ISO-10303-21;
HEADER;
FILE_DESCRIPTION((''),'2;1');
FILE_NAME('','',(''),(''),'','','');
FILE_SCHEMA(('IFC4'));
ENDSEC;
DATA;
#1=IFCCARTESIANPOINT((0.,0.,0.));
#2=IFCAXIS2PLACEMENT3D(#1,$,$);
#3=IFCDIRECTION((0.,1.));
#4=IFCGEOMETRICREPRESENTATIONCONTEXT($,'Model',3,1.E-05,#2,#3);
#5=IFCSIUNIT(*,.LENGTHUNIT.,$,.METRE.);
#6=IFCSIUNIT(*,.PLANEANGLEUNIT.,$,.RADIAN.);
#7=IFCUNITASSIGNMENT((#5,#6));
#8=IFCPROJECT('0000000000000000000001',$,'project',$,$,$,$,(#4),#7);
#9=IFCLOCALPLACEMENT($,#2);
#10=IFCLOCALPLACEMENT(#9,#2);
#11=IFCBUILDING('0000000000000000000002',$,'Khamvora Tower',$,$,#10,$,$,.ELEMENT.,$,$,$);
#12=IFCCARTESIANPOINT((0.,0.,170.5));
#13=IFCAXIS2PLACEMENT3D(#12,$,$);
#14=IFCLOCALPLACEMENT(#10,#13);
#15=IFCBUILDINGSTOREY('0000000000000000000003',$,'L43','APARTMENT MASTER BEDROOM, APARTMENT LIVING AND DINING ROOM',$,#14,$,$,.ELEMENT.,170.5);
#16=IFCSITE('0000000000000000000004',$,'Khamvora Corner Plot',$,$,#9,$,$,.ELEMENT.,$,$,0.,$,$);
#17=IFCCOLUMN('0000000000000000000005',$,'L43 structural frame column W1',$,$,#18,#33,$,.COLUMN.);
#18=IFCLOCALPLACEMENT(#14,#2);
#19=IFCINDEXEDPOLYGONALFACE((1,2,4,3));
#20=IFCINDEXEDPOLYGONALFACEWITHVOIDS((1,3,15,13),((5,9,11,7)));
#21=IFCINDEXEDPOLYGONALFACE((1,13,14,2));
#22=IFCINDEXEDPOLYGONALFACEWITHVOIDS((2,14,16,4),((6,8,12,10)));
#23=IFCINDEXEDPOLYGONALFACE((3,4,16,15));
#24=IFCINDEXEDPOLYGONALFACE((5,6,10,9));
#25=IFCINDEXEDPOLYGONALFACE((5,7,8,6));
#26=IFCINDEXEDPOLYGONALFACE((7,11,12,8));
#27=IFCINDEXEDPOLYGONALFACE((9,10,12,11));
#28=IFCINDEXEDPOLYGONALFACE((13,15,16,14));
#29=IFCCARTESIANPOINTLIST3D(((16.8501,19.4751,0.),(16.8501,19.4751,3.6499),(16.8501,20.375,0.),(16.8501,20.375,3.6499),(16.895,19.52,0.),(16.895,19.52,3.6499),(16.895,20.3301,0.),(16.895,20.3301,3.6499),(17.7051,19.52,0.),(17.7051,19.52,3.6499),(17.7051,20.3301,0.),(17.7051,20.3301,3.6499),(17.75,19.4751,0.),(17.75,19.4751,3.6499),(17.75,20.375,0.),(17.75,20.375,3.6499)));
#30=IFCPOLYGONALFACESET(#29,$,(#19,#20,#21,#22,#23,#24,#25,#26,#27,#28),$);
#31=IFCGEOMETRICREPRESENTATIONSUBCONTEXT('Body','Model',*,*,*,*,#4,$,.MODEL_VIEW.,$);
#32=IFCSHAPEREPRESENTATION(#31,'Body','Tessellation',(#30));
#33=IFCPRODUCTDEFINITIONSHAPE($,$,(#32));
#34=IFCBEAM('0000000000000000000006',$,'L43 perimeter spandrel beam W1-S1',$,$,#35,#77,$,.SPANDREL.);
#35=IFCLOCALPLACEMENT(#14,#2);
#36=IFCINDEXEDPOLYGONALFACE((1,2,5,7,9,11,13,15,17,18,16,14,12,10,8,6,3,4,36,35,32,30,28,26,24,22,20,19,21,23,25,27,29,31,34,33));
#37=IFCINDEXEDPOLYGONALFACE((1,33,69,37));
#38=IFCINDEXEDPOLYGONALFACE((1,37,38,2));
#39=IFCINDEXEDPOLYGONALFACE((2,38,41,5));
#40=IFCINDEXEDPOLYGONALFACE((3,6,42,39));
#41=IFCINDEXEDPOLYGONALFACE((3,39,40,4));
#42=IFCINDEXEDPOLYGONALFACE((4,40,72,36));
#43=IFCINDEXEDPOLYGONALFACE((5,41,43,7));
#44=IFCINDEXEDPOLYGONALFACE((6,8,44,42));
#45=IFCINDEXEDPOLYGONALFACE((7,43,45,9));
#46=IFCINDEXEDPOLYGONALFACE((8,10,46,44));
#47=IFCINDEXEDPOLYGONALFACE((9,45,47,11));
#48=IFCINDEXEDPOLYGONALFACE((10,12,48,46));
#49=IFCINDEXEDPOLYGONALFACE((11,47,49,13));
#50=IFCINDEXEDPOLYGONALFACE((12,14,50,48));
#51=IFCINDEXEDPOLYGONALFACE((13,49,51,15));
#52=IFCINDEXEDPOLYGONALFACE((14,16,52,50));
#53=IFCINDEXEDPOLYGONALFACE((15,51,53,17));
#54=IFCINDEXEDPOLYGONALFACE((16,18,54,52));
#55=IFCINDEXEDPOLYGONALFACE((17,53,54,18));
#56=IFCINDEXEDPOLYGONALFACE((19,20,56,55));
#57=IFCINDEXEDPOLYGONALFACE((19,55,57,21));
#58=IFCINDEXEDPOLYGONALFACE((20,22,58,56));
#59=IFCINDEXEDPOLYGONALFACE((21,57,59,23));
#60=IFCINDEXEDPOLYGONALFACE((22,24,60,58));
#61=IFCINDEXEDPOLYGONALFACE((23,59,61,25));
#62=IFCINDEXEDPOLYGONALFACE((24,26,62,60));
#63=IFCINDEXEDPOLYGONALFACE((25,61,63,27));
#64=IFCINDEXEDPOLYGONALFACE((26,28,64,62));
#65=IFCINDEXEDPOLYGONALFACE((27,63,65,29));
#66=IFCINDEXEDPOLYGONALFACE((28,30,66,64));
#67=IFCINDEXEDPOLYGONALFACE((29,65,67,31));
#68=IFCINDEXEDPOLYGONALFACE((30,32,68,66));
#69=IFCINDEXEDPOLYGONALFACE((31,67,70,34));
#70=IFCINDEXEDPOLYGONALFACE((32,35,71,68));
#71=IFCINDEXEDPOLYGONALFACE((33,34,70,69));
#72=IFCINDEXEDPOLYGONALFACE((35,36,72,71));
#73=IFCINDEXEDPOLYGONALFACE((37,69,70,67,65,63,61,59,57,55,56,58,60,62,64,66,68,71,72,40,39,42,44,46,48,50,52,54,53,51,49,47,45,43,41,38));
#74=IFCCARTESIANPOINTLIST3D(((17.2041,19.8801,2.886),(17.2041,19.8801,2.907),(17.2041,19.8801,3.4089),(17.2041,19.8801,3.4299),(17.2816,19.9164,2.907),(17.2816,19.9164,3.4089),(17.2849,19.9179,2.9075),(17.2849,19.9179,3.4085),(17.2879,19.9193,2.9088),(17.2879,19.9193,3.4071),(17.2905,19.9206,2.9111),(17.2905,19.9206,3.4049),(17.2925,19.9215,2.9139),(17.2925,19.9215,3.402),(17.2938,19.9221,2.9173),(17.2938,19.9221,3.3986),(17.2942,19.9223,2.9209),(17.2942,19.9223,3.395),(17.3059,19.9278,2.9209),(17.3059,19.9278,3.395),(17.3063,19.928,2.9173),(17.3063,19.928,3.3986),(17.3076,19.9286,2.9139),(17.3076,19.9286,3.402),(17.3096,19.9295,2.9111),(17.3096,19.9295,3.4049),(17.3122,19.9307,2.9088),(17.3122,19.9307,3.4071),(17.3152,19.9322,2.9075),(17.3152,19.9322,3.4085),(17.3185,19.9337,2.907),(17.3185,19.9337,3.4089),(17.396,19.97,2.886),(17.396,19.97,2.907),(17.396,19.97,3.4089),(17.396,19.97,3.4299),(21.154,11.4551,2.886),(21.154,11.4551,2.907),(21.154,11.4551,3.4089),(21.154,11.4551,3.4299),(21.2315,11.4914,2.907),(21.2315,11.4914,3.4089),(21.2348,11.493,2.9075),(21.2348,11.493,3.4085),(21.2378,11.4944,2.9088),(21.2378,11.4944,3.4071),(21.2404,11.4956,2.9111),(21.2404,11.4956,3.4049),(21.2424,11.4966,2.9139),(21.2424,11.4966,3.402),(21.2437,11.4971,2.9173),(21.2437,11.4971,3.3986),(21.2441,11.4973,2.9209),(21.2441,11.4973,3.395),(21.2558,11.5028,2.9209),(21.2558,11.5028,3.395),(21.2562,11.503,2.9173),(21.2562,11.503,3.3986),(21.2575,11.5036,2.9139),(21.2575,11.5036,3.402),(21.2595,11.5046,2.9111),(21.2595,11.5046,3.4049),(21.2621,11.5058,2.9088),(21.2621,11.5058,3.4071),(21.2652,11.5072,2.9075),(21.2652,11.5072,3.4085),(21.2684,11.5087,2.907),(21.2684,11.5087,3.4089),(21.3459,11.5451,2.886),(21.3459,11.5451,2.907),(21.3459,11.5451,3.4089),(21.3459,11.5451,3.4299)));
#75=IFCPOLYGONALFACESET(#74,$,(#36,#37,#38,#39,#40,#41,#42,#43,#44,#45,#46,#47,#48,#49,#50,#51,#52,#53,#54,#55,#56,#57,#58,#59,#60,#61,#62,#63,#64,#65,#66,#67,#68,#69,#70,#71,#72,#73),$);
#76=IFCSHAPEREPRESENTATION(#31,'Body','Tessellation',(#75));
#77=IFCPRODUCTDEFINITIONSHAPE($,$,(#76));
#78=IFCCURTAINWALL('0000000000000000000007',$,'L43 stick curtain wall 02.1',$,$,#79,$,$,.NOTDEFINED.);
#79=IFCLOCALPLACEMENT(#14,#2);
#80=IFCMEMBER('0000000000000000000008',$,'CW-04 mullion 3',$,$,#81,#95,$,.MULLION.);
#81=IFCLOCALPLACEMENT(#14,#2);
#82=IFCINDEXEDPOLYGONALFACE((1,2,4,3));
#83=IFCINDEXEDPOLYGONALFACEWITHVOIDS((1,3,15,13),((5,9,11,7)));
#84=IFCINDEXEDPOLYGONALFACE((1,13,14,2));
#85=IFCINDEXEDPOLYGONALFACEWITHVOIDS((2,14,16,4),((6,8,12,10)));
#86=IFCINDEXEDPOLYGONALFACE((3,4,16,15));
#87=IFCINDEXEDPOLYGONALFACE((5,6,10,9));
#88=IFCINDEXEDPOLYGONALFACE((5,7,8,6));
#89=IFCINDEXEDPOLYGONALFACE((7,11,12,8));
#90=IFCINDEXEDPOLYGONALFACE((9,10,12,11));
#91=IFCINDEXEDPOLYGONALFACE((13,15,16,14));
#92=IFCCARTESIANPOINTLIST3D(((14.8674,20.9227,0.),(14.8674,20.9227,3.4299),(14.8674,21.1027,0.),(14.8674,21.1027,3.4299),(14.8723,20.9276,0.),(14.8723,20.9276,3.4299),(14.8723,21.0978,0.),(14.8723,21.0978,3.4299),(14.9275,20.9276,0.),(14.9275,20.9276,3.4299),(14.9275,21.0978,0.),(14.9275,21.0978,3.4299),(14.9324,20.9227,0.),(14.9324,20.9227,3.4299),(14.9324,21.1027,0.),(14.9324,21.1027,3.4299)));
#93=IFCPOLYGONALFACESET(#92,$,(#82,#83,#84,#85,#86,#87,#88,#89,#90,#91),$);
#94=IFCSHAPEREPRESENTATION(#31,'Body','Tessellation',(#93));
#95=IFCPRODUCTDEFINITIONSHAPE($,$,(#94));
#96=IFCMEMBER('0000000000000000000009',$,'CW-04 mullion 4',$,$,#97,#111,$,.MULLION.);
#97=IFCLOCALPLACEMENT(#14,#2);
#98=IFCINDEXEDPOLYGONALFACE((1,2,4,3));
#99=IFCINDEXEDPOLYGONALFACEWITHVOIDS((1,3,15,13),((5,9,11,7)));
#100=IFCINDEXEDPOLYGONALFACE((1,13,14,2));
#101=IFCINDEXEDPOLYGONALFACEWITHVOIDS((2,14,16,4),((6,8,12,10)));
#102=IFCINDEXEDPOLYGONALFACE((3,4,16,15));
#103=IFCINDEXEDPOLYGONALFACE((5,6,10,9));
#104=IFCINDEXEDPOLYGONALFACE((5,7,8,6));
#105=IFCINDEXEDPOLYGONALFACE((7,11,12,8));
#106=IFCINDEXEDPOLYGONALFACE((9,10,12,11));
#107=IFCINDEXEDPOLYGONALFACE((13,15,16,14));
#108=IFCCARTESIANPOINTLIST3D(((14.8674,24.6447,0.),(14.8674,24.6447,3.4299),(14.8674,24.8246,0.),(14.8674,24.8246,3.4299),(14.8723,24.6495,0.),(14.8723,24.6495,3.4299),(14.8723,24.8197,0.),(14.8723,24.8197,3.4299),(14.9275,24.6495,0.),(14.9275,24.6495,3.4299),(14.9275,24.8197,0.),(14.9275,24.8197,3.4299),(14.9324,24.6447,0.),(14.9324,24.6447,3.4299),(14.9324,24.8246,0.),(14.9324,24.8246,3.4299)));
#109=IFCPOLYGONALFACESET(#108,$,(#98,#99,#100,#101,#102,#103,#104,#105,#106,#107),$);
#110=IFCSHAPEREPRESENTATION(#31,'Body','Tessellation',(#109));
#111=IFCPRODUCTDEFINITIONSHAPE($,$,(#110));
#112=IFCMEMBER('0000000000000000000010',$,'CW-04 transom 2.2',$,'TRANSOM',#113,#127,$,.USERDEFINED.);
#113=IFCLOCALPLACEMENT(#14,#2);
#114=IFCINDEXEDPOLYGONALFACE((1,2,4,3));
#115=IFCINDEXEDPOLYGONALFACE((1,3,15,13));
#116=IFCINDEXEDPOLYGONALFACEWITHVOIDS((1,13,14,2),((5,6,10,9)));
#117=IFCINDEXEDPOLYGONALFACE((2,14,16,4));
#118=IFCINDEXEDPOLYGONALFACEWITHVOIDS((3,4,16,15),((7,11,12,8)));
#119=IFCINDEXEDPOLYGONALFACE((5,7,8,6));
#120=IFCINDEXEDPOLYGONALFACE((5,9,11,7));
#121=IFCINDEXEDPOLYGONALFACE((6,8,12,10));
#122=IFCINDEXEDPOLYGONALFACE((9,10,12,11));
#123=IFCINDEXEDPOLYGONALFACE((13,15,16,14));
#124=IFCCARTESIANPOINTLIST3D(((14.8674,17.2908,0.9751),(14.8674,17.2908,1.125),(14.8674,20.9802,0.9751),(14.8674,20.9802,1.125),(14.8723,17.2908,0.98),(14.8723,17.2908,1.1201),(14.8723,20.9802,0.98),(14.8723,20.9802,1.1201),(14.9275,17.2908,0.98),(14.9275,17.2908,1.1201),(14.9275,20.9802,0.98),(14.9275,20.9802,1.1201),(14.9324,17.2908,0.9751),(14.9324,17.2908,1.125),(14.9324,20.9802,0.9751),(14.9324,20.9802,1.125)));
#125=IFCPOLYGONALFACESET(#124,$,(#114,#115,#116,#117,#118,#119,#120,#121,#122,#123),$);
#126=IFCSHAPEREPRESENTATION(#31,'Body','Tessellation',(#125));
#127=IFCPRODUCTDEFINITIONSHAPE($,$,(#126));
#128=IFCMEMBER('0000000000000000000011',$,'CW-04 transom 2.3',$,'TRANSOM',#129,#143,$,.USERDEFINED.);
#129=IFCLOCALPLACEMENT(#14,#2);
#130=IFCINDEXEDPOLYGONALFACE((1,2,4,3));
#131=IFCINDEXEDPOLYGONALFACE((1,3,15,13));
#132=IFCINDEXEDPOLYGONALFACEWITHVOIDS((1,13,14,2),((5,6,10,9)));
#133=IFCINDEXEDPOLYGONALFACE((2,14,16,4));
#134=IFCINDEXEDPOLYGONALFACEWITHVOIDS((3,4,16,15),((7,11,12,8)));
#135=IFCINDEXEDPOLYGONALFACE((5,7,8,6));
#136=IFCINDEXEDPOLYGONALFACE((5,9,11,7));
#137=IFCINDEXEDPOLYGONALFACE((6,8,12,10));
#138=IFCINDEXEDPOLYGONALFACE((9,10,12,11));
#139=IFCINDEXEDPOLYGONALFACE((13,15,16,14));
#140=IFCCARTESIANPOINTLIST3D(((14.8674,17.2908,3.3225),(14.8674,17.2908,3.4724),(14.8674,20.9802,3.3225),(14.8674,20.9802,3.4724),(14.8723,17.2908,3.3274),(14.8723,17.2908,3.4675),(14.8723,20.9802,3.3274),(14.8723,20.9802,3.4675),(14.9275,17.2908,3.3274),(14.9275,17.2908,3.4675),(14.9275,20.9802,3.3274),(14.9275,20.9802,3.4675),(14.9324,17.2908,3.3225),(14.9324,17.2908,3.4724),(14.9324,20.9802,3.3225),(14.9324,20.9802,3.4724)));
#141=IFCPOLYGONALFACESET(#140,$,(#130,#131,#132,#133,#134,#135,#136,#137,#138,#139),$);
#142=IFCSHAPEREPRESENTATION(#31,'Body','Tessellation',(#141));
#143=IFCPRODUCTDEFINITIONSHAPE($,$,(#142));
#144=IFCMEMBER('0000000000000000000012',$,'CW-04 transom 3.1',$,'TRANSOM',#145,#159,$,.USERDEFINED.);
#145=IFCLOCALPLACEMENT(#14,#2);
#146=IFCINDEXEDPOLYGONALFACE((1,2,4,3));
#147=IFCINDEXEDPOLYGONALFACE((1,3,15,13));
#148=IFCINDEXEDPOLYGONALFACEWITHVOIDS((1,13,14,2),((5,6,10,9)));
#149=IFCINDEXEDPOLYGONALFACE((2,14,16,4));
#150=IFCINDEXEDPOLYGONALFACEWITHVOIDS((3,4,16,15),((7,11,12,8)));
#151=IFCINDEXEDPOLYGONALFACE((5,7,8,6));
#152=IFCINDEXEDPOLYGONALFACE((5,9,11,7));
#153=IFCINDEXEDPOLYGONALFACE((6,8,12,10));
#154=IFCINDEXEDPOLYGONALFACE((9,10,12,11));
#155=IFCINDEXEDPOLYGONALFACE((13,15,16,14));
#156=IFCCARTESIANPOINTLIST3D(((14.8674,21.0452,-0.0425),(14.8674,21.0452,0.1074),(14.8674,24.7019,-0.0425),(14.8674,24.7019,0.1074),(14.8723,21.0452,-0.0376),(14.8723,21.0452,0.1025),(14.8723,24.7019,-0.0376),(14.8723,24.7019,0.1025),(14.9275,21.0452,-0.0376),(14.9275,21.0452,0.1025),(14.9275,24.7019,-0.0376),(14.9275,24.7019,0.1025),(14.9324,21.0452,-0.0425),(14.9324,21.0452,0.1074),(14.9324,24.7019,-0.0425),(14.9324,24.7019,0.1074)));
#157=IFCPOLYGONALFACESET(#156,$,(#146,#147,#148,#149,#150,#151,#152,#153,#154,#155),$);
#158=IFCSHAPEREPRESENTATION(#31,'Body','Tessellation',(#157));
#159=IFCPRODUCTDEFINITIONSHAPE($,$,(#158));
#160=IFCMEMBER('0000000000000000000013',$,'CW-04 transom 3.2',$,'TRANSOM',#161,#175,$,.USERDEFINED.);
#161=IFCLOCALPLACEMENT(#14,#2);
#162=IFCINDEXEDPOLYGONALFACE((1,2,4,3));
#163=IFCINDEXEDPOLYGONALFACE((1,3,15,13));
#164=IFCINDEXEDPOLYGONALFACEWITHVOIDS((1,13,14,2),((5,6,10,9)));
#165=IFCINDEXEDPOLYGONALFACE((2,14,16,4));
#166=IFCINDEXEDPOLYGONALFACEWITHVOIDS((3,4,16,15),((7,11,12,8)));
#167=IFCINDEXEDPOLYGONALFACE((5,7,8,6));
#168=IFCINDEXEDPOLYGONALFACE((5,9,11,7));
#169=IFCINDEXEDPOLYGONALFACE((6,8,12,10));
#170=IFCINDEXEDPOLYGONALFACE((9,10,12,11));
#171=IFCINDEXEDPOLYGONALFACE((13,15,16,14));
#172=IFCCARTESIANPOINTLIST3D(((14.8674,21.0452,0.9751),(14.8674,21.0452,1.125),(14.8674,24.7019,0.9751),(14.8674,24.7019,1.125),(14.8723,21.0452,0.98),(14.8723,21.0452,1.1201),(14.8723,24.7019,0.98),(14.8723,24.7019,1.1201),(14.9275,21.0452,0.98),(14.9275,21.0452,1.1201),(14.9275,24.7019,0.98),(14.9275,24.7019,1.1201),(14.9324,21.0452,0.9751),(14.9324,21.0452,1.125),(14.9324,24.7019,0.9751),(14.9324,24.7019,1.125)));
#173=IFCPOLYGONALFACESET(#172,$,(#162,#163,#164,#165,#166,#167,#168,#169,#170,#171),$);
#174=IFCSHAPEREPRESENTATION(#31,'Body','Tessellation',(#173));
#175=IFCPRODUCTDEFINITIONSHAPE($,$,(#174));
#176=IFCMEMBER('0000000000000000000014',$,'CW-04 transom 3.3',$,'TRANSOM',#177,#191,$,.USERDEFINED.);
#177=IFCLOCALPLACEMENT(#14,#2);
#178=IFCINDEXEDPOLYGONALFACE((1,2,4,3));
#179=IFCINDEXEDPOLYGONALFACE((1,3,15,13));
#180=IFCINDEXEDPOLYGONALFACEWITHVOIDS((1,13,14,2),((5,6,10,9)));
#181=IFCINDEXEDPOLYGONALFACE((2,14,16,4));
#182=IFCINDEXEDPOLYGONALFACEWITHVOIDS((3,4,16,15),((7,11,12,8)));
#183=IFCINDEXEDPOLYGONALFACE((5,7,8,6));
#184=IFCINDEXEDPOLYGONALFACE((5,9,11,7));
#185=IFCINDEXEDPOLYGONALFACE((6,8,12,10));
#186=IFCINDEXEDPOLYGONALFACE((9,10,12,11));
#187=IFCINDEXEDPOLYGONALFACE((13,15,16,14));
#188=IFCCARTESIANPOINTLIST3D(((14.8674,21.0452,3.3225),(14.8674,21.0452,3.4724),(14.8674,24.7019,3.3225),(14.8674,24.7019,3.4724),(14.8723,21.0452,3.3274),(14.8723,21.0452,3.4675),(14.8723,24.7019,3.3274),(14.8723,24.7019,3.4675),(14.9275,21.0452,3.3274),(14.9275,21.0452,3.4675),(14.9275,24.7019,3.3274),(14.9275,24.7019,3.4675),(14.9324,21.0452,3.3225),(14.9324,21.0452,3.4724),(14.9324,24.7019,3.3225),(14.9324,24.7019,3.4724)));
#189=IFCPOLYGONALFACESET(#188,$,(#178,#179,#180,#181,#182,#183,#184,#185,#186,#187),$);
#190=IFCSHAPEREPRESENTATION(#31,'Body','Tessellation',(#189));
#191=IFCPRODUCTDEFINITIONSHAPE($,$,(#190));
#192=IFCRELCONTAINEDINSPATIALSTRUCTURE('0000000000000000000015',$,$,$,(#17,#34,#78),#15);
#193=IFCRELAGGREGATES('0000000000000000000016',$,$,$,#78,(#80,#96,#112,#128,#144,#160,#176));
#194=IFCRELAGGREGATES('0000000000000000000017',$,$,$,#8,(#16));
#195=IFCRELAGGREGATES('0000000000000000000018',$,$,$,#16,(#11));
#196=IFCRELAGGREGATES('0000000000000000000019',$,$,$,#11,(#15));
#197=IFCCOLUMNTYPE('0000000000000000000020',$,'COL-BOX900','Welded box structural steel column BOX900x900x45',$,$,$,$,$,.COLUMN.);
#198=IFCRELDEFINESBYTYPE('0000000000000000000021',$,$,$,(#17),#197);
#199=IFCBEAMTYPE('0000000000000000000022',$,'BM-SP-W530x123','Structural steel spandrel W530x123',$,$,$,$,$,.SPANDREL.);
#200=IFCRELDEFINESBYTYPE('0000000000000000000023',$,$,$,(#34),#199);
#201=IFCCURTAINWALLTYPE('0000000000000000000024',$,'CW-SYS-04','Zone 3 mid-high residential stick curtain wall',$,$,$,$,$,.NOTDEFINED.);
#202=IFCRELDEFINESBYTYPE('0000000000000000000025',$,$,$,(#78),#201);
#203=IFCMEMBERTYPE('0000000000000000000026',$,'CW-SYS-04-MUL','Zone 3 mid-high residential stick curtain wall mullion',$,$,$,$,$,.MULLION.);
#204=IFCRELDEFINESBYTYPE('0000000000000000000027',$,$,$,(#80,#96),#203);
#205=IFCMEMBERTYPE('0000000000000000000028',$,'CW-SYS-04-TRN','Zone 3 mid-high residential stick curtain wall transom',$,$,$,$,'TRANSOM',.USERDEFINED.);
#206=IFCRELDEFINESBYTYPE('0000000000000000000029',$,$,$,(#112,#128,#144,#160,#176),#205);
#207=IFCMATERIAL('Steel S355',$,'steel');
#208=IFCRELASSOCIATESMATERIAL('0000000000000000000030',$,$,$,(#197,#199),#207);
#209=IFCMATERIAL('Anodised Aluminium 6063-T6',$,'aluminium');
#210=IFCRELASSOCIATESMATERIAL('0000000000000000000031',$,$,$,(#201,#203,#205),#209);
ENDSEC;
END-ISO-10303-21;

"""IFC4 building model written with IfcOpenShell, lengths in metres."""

from ifc_helpers import new_model, si_unit, direction, frame, origin, origin_2d, place, context, subcontext, project, spatial, hollow_rectangle, i_section, extrude, material, material_profile, profile_set, type_object, element, aggregate, save


model = new_model("IFC4")

# Units and contexts
model_context = context("Model", 3, precision=1e-05, world=origin(), true_north=direction((0.0, 1.0)))
body_context = subcontext(model_context, "Body", "Model", "MODEL_VIEW")
ifc_project = project(units=[si_unit("LENGTHUNIT", "METRE"), si_unit("PLANEANGLEUNIT", "RADIAN")], contexts=[model_context])

# Site, building, storey
site_placement = place(None, origin())
site = spatial("IfcSite", under=ifc_project, at=site_placement, Name="Khamvora Corner Plot", CompositionType="ELEMENT", RefElevation=0.0)
building_placement = place(site_placement, origin())
building = spatial("IfcBuilding", under=site, at=building_placement, Name="Khamvora Tower", CompositionType="ELEMENT")
storey_placement = place(building_placement, frame((0.0, 0.0, 170.5)))
storey = spatial("IfcBuildingStorey", under=building, at=storey_placement, Name="L43", Description="APARTMENT MASTER BEDROOM, APARTMENT LIVING AND DINING ROOM", CompositionType="ELEMENT", Elevation=170.5)

# Column
ifc_material_1 = material(Name="Steel S355", Category="steel")
ifc_material_profile_1 = material_profile(ifc_material_1, hollow_rectangle(XDim=0.8999, YDim=0.8999, WallThickness=0.0449, at=origin_2d()), Name="BOX900x900x45")
ifc_profile_set_1 = profile_set([ifc_material_profile_1], Name="Steel S355")
column_type = type_object("IfcColumnType", Name="COL-BOX900", Description="Welded box structural steel column BOX900x900x45", PredefinedType="COLUMN", material=ifc_profile_set_1)
column_placement = place(storey_placement, frame((17.3, 19.925, 0.0), z_axis=(0.0, 0.0, 1.0), x_axis=(1.0, 0.0, 0.0)))
element("IfcColumn", 1, at=column_placement, inside=storey, type_object=column_type, Name="L43 structural frame column W1", PredefinedType="COLUMN", context=body_context, shape_type="SweptSolid", body=[
    extrude(hollow_rectangle(XDim=0.8999, YDim=0.8999, WallThickness=0.0449, at=origin_2d()), origin(), (0.0, 0.0, 1.0), 3.6499),
])

# Beam
ifc_material_profile_2 = material_profile(ifc_material_1, i_section(OverallWidth=0.2119, OverallDepth=0.5439, WebThickness=0.0129, FlangeThickness=0.021, FilletRadius=0.0139, at=origin_2d()), Name="W530x123")
ifc_profile_set_2 = profile_set([ifc_material_profile_2], Name="Steel S355")
beam_type = type_object("IfcBeamType", Name="BM-SP-W530x123", Description="Structural steel spandrel W530x123", PredefinedType="SPANDREL", material=ifc_profile_set_2)
beam_placement = place(storey_placement, frame((17.3, 19.925, 3.158), z_axis=(0.424496, -0.90543, 0.0), x_axis=(0.90543, 0.424496, 0.0)))
element("IfcBeam", 2, at=beam_placement, inside=storey, type_object=beam_type, Name="L43 perimeter spandrel beam W1-S1", PredefinedType="SPANDREL", context=body_context, shape_type="SweptSolid", body=[
    extrude(i_section(OverallWidth=0.2119, OverallDepth=0.5439, WebThickness=0.0129, FlangeThickness=0.021, FilletRadius=0.0139, at=origin_2d()), origin(), (0.0, 0.0, 1.0), 9.3049),
])

# Curtain wall, members
ifc_material_2 = material(Name="Anodised Aluminium 6063-T6", Category="aluminium")
curtain_wall_type = type_object("IfcCurtainWallType", Name="CW-SYS-04", Description="Zone 3 mid-high residential stick curtain wall", PredefinedType="NOTDEFINED", material=ifc_material_2)
curtain_wall_placement = place(storey_placement, origin())
curtain_wall = element("IfcCurtainWall", 3, at=curtain_wall_placement, inside=storey, type_object=curtain_wall_type, Name="L43 stick curtain wall 02.1", PredefinedType="NOTDEFINED")
ifc_material_profile_3 = material_profile(ifc_material_2, hollow_rectangle(XDim=0.0649, YDim=0.1799, WallThickness=0.0049, at=origin_2d()), Name="MUL65x180x5")
ifc_profile_set_3 = profile_set([ifc_material_profile_3], Name="Anodised Aluminium 6063-T6")
member_type_1 = type_object("IfcMemberType", Name="CW-SYS-04-MUL", Description="Zone 3 mid-high residential stick curtain wall mullion", PredefinedType="MULLION", material=ifc_profile_set_3)
member_1_placement = place(storey_placement, frame((14.8999, 21.0127, 0.0), z_axis=(0.0, 0.0, 1.0), x_axis=(-1.0, 0.0, 0.0)))
member_1 = element("IfcMember", 4, at=member_1_placement, type_object=member_type_1, Name="CW-04 mullion 3", PredefinedType="MULLION", context=body_context, shape_type="SweptSolid", body=[
    extrude(hollow_rectangle(XDim=0.0649, YDim=0.1799, WallThickness=0.0049, at=origin_2d()), origin(), (0.0, 0.0, 1.0), 3.4299),
])
member_2_placement = place(storey_placement, frame((14.8999, 24.7346, 0.0), z_axis=(0.0, 0.0, 1.0), x_axis=(-1.0, 0.0, 0.0)))
member_2 = element("IfcMember", 5, at=member_2_placement, type_object=member_type_1, Name="CW-04 mullion 4", PredefinedType="MULLION", context=body_context, shape_type="SweptSolid", body=[
    extrude(hollow_rectangle(XDim=0.0649, YDim=0.1799, WallThickness=0.0049, at=origin_2d()), origin(), (0.0, 0.0, 1.0), 3.4299),
])
ifc_material_profile_4 = material_profile(ifc_material_2, hollow_rectangle(XDim=0.0649, YDim=0.1499, WallThickness=0.0049, at=origin_2d()), Name="TRN65x150x5")
ifc_profile_set_4 = profile_set([ifc_material_profile_4], Name="Anodised Aluminium 6063-T6")
member_type_2 = type_object("IfcMemberType", Name="CW-SYS-04-TRN", Description="Zone 3 mid-high residential stick curtain wall transom", ElementType="TRANSOM", PredefinedType="USERDEFINED", material=ifc_profile_set_4)
member_3_placement = place(storey_placement, frame((14.8999, 17.2908, 1.05), z_axis=(0.0, 1.0, 0.0), x_axis=(-1.0, 0.0, 0.0)))
member_3 = element("IfcMember", 6, at=member_3_placement, type_object=member_type_2, Name="CW-04 transom 2.2", ObjectType="TRANSOM", PredefinedType="USERDEFINED", context=body_context, shape_type="SweptSolid", body=[
    extrude(hollow_rectangle(XDim=0.0649, YDim=0.1499, WallThickness=0.0049, at=origin_2d()), origin(), (0.0, 0.0, 1.0), 3.6895),
])
member_4_placement = place(storey_placement, frame((14.8999, 17.2908, 3.3975), z_axis=(0.0, 1.0, 0.0), x_axis=(-1.0, 0.0, 0.0)))
member_4 = element("IfcMember", 7, at=member_4_placement, type_object=member_type_2, Name="CW-04 transom 2.3", ObjectType="TRANSOM", PredefinedType="USERDEFINED", context=body_context, shape_type="SweptSolid", body=[
    extrude(hollow_rectangle(XDim=0.0649, YDim=0.1499, WallThickness=0.0049, at=origin_2d()), origin(), (0.0, 0.0, 1.0), 3.6895),
])
member_5_placement = place(storey_placement, frame((14.8999, 21.0452, 0.0325), z_axis=(0.0, 1.0, 0.0), x_axis=(-1.0, 0.0, 0.0)))
member_5 = element("IfcMember", 8, at=member_5_placement, type_object=member_type_2, Name="CW-04 transom 3.1", ObjectType="TRANSOM", PredefinedType="USERDEFINED", context=body_context, shape_type="SweptSolid", body=[
    extrude(hollow_rectangle(XDim=0.0649, YDim=0.1499, WallThickness=0.0049, at=origin_2d()), origin(), (0.0, 0.0, 1.0), 3.6567),
])
member_6_placement = place(storey_placement, frame((14.8999, 21.0452, 1.05), z_axis=(0.0, 1.0, 0.0), x_axis=(-1.0, 0.0, 0.0)))
member_6 = element("IfcMember", 9, at=member_6_placement, type_object=member_type_2, Name="CW-04 transom 3.2", ObjectType="TRANSOM", PredefinedType="USERDEFINED", context=body_context, shape_type="SweptSolid", body=[
    extrude(hollow_rectangle(XDim=0.0649, YDim=0.1499, WallThickness=0.0049, at=origin_2d()), origin(), (0.0, 0.0, 1.0), 3.6567),
])
member_7_placement = place(storey_placement, frame((14.8999, 21.0452, 3.3975), z_axis=(0.0, 1.0, 0.0), x_axis=(-1.0, 0.0, 0.0)))
member_7 = element("IfcMember", 10, at=member_7_placement, type_object=member_type_2, Name="CW-04 transom 3.3", ObjectType="TRANSOM", PredefinedType="USERDEFINED", context=body_context, shape_type="SweptSolid", body=[
    extrude(hollow_rectangle(XDim=0.0649, YDim=0.1499, WallThickness=0.0049, at=origin_2d()), origin(), (0.0, 0.0, 1.0), 3.6567),
])
aggregate(curtain_wall, [member_1, member_2, member_3, member_4, member_5, member_6, member_7])

save(model, "model.ifc")
